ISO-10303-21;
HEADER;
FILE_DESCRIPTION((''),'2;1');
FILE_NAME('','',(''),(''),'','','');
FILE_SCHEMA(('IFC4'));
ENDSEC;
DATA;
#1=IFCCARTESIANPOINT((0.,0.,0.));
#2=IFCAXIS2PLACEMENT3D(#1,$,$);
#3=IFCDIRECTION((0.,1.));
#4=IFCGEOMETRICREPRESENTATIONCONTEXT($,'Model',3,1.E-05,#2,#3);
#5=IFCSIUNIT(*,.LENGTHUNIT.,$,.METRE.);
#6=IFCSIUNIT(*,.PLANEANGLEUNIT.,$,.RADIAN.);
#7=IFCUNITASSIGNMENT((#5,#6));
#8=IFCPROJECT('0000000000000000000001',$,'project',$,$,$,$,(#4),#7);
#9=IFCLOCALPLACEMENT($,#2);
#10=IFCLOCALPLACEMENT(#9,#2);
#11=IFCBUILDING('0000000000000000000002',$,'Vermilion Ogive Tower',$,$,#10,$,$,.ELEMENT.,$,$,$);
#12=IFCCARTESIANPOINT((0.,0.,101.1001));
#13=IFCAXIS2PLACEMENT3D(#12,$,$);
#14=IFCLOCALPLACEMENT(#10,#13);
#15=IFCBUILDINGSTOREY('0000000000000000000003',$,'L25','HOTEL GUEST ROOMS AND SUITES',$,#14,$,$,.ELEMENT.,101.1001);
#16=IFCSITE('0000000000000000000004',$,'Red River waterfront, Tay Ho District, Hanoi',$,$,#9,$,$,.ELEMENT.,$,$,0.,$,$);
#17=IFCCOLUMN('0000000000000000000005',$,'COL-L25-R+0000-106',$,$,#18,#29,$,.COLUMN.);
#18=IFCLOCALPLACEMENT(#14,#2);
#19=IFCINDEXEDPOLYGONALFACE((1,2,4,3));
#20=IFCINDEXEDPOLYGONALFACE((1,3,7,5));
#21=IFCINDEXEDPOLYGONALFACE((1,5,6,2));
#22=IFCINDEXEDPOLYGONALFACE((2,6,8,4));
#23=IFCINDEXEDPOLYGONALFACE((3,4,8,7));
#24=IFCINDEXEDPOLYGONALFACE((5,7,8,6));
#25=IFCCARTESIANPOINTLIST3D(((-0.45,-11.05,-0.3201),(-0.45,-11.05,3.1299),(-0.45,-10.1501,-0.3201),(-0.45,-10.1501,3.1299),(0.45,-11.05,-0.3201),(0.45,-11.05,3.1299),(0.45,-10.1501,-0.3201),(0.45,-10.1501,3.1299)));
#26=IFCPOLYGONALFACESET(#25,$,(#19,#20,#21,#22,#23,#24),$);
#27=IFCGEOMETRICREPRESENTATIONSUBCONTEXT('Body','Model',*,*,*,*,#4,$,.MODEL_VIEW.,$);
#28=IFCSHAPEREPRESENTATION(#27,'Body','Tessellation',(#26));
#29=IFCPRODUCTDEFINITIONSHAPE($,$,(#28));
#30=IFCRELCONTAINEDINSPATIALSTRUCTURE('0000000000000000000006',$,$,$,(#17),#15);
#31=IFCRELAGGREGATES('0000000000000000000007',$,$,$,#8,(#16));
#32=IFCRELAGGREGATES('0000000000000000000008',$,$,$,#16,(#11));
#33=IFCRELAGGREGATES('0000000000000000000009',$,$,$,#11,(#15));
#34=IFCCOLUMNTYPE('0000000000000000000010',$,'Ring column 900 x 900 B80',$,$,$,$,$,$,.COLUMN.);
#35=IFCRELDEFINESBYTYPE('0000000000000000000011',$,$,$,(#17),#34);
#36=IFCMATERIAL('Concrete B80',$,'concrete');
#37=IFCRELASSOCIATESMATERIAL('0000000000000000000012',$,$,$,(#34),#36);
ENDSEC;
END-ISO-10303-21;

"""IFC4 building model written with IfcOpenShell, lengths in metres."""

from ifc_helpers import new_model, si_unit, direction, frame, origin, origin_2d, place, context, subcontext, project, spatial, rectangle, extrude, material, material_profile, profile_set, type_object, element, save


model = new_model("IFC4")

# Units and contexts
model_context = context("Model", 3, precision=1e-05, world=origin(), true_north=direction((0.0, 1.0)))
body_context = subcontext(model_context, "Body", "Model", "MODEL_VIEW")
ifc_project = project(units=[si_unit("LENGTHUNIT", "METRE"), si_unit("PLANEANGLEUNIT", "RADIAN")], contexts=[model_context])

# Site, building, storey
site_placement = place(None, origin())
site = spatial("IfcSite", under=ifc_project, at=site_placement, Name="Red River waterfront, Tay Ho District, Hanoi", CompositionType="ELEMENT", RefElevation=0.0)
building_placement = place(site_placement, origin())
building = spatial("IfcBuilding", under=site, at=building_placement, Name="Vermilion Ogive Tower", CompositionType="ELEMENT")
storey_placement = place(building_placement, frame((0.0, 0.0, 101.1001)))
storey = spatial("IfcBuildingStorey", under=building, at=storey_placement, Name="L25", Description="HOTEL GUEST ROOMS AND SUITES", CompositionType="ELEMENT", Elevation=101.1001)

# Column
ifc_material_1 = material(Name="Concrete B80", Category="concrete")
ifc_material_profile = material_profile(ifc_material_1, rectangle(XDim=0.8999, YDim=0.8999, at=origin_2d()), Name="900 x 900")
ifc_profile_set = profile_set([ifc_material_profile], Name="Concrete B80")
column_type = type_object("IfcColumnType", Name="Ring column 900 x 900 B80", PredefinedType="COLUMN", material=ifc_profile_set)
column_placement = place(storey_placement, frame((0.0, -10.6001, -0.3201), z_axis=(0.0, 0.0, 1.0), x_axis=(1.0, 0.0, 0.0)))
element("IfcColumn", 1, at=column_placement, inside=storey, type_object=column_type, Name="COL-L25-R+0000-106", PredefinedType="COLUMN", context=body_context, shape_type="SweptSolid", body=[
    extrude(rectangle(XDim=0.8999, YDim=0.8999, at=origin_2d()), origin(), (0.0, 0.0, 1.0), 3.45),
])

save(model, "model.ifc")
